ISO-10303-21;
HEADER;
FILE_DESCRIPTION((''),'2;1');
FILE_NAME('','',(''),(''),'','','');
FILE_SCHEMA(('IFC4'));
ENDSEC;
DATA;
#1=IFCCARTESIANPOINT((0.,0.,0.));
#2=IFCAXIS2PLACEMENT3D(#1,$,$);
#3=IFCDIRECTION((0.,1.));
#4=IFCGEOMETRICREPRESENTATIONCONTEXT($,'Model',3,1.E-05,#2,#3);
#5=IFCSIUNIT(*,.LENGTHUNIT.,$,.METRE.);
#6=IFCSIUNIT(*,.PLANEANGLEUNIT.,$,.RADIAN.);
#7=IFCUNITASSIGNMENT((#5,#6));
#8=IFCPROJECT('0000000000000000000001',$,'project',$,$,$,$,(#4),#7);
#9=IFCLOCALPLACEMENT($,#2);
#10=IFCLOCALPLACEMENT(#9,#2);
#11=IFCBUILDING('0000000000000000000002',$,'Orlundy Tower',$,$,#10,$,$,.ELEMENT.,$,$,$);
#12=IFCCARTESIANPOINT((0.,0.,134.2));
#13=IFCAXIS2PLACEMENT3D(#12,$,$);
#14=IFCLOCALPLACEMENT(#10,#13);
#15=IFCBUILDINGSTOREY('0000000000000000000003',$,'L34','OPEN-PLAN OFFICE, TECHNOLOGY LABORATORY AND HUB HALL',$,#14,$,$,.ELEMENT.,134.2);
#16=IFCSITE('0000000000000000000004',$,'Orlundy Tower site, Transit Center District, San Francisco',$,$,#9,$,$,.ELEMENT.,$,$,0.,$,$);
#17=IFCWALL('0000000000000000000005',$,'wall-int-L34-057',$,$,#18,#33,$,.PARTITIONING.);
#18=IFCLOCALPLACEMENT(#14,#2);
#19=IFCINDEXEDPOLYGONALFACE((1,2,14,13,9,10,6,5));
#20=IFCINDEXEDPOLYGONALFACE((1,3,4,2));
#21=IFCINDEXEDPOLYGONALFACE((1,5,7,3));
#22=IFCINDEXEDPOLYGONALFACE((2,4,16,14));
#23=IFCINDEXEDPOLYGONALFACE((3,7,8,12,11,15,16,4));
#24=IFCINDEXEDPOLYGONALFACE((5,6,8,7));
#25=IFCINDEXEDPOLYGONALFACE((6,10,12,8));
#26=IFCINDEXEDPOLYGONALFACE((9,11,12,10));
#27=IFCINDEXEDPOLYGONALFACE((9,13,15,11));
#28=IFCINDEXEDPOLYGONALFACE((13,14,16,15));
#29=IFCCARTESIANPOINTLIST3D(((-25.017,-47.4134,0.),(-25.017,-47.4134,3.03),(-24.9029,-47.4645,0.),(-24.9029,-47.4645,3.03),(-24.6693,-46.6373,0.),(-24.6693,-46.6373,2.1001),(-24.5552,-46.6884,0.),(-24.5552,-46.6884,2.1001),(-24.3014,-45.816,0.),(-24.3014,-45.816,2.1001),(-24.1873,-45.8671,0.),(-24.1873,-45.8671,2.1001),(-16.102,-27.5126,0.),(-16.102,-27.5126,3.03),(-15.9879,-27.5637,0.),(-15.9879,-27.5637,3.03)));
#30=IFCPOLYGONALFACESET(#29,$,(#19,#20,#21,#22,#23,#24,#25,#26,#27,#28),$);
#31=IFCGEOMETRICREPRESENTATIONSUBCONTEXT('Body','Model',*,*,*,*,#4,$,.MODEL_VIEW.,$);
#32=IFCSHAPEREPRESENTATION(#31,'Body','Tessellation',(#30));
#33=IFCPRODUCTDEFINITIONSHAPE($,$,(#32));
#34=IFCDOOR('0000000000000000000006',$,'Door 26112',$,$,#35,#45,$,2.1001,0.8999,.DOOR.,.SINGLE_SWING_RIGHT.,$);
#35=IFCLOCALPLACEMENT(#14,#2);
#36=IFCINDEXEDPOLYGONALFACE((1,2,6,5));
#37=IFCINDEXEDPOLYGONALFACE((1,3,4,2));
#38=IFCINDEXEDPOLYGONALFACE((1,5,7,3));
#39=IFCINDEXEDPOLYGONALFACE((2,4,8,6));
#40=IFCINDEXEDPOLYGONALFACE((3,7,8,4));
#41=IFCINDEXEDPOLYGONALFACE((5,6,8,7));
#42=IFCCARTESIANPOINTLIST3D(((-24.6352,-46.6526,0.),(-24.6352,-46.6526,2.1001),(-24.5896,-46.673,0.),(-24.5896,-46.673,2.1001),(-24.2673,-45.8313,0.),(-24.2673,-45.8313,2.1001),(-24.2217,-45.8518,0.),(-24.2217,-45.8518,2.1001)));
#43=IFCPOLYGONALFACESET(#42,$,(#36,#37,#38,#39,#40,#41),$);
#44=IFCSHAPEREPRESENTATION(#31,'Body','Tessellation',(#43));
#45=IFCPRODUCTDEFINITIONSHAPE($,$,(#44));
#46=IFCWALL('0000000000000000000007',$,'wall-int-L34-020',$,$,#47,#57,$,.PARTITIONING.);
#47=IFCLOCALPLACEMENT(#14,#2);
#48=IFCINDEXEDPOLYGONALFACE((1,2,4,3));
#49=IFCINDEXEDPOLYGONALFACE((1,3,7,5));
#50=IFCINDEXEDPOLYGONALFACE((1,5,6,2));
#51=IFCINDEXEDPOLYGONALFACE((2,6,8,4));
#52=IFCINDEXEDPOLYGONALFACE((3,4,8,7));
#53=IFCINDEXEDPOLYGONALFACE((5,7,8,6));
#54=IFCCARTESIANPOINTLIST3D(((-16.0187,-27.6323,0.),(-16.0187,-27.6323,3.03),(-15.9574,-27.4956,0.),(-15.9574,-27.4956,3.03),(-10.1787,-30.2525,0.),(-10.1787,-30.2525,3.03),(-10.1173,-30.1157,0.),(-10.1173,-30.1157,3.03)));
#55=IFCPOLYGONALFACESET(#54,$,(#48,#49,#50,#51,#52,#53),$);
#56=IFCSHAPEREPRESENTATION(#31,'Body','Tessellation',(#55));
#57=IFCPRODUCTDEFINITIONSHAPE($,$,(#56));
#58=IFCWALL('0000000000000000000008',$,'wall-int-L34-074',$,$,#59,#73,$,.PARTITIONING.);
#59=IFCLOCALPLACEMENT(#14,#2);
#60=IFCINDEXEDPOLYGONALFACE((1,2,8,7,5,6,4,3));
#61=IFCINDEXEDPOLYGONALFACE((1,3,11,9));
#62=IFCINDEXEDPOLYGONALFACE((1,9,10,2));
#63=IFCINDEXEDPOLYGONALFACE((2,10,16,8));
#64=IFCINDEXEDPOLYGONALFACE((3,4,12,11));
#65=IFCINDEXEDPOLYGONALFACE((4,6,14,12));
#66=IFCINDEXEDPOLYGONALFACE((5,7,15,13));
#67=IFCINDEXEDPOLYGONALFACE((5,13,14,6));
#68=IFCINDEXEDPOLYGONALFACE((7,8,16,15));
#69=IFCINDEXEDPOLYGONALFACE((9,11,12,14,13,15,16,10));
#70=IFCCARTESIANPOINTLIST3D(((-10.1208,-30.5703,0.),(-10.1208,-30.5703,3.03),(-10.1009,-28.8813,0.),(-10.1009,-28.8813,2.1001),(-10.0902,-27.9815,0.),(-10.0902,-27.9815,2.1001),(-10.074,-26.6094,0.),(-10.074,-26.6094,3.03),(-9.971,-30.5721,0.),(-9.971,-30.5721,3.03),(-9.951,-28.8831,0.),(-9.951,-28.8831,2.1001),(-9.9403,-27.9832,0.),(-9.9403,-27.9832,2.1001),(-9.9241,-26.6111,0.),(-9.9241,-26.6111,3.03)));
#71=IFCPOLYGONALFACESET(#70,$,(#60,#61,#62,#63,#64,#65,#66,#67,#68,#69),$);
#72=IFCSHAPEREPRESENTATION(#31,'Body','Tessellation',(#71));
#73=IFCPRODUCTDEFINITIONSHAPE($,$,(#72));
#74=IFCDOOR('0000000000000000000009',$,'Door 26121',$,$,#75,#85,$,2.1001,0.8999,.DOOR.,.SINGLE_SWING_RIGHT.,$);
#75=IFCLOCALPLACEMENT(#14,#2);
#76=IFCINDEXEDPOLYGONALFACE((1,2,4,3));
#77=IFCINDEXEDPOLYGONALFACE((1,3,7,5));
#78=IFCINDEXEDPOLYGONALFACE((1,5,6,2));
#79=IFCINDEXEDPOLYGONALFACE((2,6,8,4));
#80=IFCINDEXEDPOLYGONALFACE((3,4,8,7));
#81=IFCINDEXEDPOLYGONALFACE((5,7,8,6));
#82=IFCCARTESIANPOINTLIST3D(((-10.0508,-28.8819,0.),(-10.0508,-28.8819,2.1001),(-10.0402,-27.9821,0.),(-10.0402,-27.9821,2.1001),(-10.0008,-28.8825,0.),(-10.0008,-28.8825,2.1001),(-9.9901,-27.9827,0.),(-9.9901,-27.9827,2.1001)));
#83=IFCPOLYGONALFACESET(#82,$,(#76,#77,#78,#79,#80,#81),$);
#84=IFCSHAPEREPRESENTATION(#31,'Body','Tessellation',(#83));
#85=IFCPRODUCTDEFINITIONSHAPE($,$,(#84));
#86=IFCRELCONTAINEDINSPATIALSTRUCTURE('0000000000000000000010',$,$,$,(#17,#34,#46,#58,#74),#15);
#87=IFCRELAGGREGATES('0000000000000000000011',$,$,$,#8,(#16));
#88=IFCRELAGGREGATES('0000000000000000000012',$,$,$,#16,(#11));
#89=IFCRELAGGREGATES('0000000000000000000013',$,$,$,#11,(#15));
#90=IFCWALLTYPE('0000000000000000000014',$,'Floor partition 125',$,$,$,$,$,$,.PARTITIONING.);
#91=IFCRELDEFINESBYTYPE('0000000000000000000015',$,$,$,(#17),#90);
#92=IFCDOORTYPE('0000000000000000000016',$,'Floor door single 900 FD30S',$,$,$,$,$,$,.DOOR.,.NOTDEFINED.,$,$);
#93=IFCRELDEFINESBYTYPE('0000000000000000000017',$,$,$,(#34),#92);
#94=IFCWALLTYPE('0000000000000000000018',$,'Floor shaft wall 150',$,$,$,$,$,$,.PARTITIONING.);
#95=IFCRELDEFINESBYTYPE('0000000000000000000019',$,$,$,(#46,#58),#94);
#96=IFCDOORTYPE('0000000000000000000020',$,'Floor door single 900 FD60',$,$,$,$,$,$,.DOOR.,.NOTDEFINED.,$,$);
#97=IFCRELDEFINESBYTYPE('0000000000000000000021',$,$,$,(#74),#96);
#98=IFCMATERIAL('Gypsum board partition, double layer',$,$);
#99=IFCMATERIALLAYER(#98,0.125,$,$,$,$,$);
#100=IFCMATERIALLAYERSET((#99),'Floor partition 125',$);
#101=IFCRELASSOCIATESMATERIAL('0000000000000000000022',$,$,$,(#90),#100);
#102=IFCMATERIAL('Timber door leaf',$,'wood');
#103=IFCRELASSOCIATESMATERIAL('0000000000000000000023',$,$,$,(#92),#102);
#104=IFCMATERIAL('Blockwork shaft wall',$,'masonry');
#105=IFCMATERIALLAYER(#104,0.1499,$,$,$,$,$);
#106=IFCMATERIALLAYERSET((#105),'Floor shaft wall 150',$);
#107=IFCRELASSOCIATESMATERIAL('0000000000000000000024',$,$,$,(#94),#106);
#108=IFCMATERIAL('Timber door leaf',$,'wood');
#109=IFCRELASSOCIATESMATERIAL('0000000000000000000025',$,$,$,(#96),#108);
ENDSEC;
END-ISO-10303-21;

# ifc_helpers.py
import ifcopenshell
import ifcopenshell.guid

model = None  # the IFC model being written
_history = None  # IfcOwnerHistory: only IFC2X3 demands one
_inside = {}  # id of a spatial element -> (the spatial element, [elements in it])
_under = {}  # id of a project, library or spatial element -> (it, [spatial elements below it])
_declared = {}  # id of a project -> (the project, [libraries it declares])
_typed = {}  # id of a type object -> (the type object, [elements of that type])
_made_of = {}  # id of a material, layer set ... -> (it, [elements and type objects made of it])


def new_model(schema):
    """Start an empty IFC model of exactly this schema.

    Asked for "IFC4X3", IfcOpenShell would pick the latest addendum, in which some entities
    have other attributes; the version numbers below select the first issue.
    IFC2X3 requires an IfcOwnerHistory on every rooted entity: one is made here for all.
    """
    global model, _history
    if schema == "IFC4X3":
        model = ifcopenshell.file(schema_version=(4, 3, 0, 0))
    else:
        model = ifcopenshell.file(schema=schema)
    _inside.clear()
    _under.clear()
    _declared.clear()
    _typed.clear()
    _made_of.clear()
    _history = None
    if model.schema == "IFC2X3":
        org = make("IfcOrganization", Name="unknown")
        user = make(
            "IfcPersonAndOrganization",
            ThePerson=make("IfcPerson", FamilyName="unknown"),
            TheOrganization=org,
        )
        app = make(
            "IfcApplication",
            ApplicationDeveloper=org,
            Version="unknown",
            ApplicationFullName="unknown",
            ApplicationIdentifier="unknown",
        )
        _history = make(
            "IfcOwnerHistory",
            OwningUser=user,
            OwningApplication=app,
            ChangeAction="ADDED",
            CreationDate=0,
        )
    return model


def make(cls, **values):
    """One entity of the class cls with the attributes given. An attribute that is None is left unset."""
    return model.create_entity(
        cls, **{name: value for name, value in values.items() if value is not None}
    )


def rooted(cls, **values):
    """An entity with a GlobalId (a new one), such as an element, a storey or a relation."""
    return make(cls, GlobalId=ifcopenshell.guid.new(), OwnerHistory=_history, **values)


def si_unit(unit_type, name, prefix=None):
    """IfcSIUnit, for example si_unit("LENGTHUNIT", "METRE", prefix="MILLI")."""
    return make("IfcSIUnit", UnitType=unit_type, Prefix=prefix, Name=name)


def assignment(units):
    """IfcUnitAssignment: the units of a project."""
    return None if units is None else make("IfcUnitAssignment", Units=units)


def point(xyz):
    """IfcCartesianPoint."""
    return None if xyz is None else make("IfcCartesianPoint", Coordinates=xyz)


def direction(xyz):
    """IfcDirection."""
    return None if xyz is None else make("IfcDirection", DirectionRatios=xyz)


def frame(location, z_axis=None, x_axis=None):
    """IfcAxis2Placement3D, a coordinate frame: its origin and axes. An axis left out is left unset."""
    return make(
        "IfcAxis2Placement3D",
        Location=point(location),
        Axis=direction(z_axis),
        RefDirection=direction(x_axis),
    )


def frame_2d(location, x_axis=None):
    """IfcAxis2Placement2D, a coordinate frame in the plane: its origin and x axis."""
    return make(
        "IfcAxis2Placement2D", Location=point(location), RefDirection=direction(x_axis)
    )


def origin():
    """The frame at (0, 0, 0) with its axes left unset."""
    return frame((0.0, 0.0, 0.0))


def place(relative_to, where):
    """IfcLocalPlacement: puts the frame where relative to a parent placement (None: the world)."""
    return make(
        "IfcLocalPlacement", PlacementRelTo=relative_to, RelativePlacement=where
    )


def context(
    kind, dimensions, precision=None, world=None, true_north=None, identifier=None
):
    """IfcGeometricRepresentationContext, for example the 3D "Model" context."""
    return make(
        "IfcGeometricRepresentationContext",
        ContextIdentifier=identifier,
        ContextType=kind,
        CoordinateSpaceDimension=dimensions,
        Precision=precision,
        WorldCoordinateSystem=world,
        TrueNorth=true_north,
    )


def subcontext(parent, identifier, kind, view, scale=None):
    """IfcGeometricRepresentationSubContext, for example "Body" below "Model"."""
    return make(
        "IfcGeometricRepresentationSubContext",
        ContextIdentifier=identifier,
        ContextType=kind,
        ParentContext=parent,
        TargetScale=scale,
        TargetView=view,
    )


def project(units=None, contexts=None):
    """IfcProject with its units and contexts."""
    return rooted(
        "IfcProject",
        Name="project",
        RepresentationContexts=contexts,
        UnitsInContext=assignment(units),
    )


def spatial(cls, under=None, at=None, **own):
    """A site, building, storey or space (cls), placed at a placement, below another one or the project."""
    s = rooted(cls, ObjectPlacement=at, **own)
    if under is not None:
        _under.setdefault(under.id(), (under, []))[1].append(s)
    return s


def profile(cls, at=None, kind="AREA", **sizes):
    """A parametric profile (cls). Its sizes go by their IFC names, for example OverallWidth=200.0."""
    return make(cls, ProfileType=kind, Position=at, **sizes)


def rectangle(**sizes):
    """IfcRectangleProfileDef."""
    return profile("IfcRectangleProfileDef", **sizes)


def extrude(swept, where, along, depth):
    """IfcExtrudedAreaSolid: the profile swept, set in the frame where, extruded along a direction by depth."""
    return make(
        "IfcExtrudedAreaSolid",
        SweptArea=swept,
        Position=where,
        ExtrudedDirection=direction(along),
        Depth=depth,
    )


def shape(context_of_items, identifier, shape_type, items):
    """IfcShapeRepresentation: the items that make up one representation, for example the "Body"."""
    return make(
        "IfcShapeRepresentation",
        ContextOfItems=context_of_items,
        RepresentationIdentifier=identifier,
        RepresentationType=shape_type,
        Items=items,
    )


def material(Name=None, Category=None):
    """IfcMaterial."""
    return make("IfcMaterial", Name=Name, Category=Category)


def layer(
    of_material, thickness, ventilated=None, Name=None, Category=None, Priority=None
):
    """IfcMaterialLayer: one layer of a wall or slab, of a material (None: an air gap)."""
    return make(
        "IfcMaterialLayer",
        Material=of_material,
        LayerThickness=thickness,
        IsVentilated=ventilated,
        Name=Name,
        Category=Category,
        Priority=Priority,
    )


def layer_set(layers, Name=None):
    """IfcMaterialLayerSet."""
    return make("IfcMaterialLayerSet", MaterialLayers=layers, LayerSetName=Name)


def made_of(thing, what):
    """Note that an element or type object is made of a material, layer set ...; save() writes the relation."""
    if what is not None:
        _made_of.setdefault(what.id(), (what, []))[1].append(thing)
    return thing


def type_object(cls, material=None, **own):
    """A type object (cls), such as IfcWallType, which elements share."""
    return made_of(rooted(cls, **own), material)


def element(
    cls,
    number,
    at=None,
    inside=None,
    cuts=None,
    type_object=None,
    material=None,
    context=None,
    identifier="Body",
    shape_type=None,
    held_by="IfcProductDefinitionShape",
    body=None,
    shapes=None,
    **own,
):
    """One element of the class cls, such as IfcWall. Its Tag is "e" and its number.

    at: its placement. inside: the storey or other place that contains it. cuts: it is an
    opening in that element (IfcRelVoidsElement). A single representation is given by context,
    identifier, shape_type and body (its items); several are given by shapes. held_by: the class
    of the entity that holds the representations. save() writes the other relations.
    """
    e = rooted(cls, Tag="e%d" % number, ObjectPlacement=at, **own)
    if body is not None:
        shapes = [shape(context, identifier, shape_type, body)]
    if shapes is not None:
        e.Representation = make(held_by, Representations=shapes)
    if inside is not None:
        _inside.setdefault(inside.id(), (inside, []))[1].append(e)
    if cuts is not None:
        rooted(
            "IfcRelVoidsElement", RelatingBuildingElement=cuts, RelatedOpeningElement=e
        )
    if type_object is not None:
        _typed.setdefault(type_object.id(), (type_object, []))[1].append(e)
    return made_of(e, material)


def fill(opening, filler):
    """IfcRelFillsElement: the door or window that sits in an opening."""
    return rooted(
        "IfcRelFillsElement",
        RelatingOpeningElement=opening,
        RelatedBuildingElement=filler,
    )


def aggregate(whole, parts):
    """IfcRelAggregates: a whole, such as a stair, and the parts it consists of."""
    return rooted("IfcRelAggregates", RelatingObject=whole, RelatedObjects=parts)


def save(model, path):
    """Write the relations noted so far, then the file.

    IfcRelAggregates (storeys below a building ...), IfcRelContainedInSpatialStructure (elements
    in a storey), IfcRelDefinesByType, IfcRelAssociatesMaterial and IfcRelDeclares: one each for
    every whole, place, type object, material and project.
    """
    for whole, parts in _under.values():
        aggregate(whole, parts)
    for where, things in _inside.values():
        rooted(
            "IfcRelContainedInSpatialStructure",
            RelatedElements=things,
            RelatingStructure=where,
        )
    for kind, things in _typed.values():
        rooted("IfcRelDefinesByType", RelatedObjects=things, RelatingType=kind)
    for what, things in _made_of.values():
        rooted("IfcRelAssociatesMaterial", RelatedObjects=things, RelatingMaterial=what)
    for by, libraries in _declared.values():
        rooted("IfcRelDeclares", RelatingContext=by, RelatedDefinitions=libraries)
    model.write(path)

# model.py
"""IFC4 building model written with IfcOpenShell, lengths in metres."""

from ifc_helpers import new_model, si_unit, direction, frame, frame_2d, origin, place, context, subcontext, project, spatial, rectangle, extrude, material, layer, layer_set, type_object, element, fill, save


model = new_model("IFC4")

# Units and contexts
model_context = context("Model", 3, precision=1e-05, world=origin(), true_north=direction((0.0, 1.0)))
body_context = subcontext(model_context, "Body", "Model", "MODEL_VIEW")
ifc_project = project(units=[si_unit("LENGTHUNIT", "METRE"), si_unit("PLANEANGLEUNIT", "RADIAN")], contexts=[model_context])

# Site, building, storey
site_placement = place(None, origin())
site = spatial("IfcSite", under=ifc_project, at=site_placement, Name="Orlundy Tower site, Transit Center District, San Francisco", CompositionType="ELEMENT", RefElevation=0.0)
building_placement = place(site_placement, origin())
building = spatial("IfcBuilding", under=site, at=building_placement, Name="Orlundy Tower", CompositionType="ELEMENT")
storey_placement = place(building_placement, frame((0.0, 0.0, 134.2)))
storey = spatial("IfcBuildingStorey", under=building, at=storey_placement, Name="L34", Description="OPEN-PLAN OFFICE, TECHNOLOGY LABORATORY AND HUB HALL", CompositionType="ELEMENT", Elevation=134.2)

# Shared definitions
ifc_material_1 = material(Name="Gypsum board partition, double layer")
ifc_layer_1 = layer(ifc_material_1, 0.125)
ifc_layer_set_1 = layer_set([ifc_layer_1], Name="Floor partition 125")
wall_type_1 = type_object("IfcWallType", Name="Floor partition 125", PredefinedType="PARTITIONING", material=ifc_layer_set_1)

# Shared definitions
ifc_material_2 = material(Name="Timber door leaf", Category="wood")
door_type_1 = type_object("IfcDoorType", Name="Floor door single 900 FD30S", OperationType="NOTDEFINED", PredefinedType="DOOR", material=ifc_material_2)

# Wall, opening, door
wall_1_placement = place(storey_placement, frame((-16.0449, -27.5381, 0.0), z_axis=(0.0, 0.0, 1.0), x_axis=(-0.408825, -0.912613, 0.0)))
wall_1 = element("IfcWall", 1, at=wall_1_placement, inside=storey, type_object=wall_type_1, Name="wall-int-L34-057", PredefinedType="PARTITIONING", context=body_context, shape_type="SweptSolid", body=[
    extrude(rectangle(XDim=21.8064, YDim=0.125, at=frame_2d((10.9033, 0.0))), origin(), (0.0, 0.0, 1.0), 3.03),
])
opening_1_placement = place(wall_1_placement, frame((20.0562, 0.0, 0.0)))
opening_1 = element("IfcOpeningElement", 2, at=opening_1_placement, cuts=wall_1, PredefinedType="OPENING", context=body_context, shape_type="SweptSolid", body=[
    extrude(rectangle(XDim=0.8999, YDim=2.1001, at=frame_2d((0.45, 1.05))), frame((0.0, 0.0725, 0.0), z_axis=(0.0, -1.0, 0.0), x_axis=(1.0, 0.0, 0.0)), (0.0, 0.0, 1.0), 0.145),
])
door_1_placement = place(opening_1_placement, origin())
door_1 = element("IfcDoor", 3, at=door_1_placement, inside=storey, type_object=door_type_1, Name="Door 26112", OperationType="SINGLE_SWING_RIGHT", OverallHeight=2.1001, OverallWidth=0.8999, PredefinedType="DOOR", context=body_context, shape_type="SweptSolid", body=[
    extrude(rectangle(XDim=0.8999, YDim=2.1001, at=frame_2d((0.45, 1.05))), frame((0.0, 0.0249, 0.0), z_axis=(0.0, -1.0, 0.0), x_axis=(1.0, 0.0, 0.0)), (0.0, 0.0, 1.0), 0.05),
])
fill(opening_1, door_1)

# Wall
ifc_material_3 = material(Name="Blockwork shaft wall", Category="masonry")
ifc_layer_2 = layer(ifc_material_3, 0.1499)
ifc_layer_set_2 = layer_set([ifc_layer_2], Name="Floor shaft wall 150")
wall_type_2 = type_object("IfcWallType", Name="Floor shaft wall 150", PredefinedType="PARTITIONING", material=ifc_layer_set_2)
wall_2_placement = place(storey_placement, frame((-15.988, -27.564, 0.0), z_axis=(0.0, 0.0, 1.0), x_axis=(0.912384, -0.409335, 0.0)))
element("IfcWall", 4, at=wall_2_placement, inside=storey, type_object=wall_type_2, Name="wall-int-L34-020", PredefinedType="PARTITIONING", context=body_context, shape_type="SweptSolid", body=[
    extrude(rectangle(XDim=6.4009, YDim=0.1499, at=frame_2d((3.2004, 0.0))), origin(), (0.0, 0.0, 1.0), 3.03),
])

# Wall, opening, door
wall_3_placement = place(storey_placement, frame((-10.0459, -30.571, 0.0), z_axis=(0.0, 0.0, 1.0), x_axis=(0.011833, 0.99993, 0.0)))
wall_3 = element("IfcWall", 5, at=wall_3_placement, inside=storey, type_object=wall_type_2, Name="wall-int-L34-074", PredefinedType="PARTITIONING", context=body_context, shape_type="SweptSolid", body=[
    extrude(rectangle(XDim=3.9612, YDim=0.1499, at=frame_2d((1.9805, 0.0))), origin(), (0.0, 0.0, 1.0), 3.03),
])
opening_2_placement = place(wall_3_placement, frame((1.689, 0.0, 0.0)))
opening_2 = element("IfcOpeningElement", 6, at=opening_2_placement, cuts=wall_3, PredefinedType="OPENING", context=body_context, shape_type="SweptSolid", body=[
    extrude(rectangle(XDim=0.8999, YDim=2.1001, at=frame_2d((0.45, 1.05))), frame((0.0, 0.085, 0.0), z_axis=(0.0, -1.0, 0.0), x_axis=(1.0, 0.0, 0.0)), (0.0, 0.0, 1.0), 0.1699),
])
ifc_material_4 = material(Name="Timber door leaf", Category="wood")
door_type_2 = type_object("IfcDoorType", Name="Floor door single 900 FD60", OperationType="NOTDEFINED", PredefinedType="DOOR", material=ifc_material_4)
door_2_placement = place(opening_2_placement, origin())
door_2 = element("IfcDoor", 7, at=door_2_placement, inside=storey, type_object=door_type_2, Name="Door 26121", OperationType="SINGLE_SWING_RIGHT", OverallHeight=2.1001, OverallWidth=0.8999, PredefinedType="DOOR", context=body_context, shape_type="SweptSolid", body=[
    extrude(rectangle(XDim=0.8999, YDim=2.1001, at=frame_2d((0.45, 1.05))), frame((0.0, 0.0249, 0.0), z_axis=(0.0, -1.0, 0.0), x_axis=(1.0, 0.0, 0.0)), (0.0, 0.0, 1.0), 0.05),
])
fill(opening_2, door_2)

save(model, "model.ifc")
